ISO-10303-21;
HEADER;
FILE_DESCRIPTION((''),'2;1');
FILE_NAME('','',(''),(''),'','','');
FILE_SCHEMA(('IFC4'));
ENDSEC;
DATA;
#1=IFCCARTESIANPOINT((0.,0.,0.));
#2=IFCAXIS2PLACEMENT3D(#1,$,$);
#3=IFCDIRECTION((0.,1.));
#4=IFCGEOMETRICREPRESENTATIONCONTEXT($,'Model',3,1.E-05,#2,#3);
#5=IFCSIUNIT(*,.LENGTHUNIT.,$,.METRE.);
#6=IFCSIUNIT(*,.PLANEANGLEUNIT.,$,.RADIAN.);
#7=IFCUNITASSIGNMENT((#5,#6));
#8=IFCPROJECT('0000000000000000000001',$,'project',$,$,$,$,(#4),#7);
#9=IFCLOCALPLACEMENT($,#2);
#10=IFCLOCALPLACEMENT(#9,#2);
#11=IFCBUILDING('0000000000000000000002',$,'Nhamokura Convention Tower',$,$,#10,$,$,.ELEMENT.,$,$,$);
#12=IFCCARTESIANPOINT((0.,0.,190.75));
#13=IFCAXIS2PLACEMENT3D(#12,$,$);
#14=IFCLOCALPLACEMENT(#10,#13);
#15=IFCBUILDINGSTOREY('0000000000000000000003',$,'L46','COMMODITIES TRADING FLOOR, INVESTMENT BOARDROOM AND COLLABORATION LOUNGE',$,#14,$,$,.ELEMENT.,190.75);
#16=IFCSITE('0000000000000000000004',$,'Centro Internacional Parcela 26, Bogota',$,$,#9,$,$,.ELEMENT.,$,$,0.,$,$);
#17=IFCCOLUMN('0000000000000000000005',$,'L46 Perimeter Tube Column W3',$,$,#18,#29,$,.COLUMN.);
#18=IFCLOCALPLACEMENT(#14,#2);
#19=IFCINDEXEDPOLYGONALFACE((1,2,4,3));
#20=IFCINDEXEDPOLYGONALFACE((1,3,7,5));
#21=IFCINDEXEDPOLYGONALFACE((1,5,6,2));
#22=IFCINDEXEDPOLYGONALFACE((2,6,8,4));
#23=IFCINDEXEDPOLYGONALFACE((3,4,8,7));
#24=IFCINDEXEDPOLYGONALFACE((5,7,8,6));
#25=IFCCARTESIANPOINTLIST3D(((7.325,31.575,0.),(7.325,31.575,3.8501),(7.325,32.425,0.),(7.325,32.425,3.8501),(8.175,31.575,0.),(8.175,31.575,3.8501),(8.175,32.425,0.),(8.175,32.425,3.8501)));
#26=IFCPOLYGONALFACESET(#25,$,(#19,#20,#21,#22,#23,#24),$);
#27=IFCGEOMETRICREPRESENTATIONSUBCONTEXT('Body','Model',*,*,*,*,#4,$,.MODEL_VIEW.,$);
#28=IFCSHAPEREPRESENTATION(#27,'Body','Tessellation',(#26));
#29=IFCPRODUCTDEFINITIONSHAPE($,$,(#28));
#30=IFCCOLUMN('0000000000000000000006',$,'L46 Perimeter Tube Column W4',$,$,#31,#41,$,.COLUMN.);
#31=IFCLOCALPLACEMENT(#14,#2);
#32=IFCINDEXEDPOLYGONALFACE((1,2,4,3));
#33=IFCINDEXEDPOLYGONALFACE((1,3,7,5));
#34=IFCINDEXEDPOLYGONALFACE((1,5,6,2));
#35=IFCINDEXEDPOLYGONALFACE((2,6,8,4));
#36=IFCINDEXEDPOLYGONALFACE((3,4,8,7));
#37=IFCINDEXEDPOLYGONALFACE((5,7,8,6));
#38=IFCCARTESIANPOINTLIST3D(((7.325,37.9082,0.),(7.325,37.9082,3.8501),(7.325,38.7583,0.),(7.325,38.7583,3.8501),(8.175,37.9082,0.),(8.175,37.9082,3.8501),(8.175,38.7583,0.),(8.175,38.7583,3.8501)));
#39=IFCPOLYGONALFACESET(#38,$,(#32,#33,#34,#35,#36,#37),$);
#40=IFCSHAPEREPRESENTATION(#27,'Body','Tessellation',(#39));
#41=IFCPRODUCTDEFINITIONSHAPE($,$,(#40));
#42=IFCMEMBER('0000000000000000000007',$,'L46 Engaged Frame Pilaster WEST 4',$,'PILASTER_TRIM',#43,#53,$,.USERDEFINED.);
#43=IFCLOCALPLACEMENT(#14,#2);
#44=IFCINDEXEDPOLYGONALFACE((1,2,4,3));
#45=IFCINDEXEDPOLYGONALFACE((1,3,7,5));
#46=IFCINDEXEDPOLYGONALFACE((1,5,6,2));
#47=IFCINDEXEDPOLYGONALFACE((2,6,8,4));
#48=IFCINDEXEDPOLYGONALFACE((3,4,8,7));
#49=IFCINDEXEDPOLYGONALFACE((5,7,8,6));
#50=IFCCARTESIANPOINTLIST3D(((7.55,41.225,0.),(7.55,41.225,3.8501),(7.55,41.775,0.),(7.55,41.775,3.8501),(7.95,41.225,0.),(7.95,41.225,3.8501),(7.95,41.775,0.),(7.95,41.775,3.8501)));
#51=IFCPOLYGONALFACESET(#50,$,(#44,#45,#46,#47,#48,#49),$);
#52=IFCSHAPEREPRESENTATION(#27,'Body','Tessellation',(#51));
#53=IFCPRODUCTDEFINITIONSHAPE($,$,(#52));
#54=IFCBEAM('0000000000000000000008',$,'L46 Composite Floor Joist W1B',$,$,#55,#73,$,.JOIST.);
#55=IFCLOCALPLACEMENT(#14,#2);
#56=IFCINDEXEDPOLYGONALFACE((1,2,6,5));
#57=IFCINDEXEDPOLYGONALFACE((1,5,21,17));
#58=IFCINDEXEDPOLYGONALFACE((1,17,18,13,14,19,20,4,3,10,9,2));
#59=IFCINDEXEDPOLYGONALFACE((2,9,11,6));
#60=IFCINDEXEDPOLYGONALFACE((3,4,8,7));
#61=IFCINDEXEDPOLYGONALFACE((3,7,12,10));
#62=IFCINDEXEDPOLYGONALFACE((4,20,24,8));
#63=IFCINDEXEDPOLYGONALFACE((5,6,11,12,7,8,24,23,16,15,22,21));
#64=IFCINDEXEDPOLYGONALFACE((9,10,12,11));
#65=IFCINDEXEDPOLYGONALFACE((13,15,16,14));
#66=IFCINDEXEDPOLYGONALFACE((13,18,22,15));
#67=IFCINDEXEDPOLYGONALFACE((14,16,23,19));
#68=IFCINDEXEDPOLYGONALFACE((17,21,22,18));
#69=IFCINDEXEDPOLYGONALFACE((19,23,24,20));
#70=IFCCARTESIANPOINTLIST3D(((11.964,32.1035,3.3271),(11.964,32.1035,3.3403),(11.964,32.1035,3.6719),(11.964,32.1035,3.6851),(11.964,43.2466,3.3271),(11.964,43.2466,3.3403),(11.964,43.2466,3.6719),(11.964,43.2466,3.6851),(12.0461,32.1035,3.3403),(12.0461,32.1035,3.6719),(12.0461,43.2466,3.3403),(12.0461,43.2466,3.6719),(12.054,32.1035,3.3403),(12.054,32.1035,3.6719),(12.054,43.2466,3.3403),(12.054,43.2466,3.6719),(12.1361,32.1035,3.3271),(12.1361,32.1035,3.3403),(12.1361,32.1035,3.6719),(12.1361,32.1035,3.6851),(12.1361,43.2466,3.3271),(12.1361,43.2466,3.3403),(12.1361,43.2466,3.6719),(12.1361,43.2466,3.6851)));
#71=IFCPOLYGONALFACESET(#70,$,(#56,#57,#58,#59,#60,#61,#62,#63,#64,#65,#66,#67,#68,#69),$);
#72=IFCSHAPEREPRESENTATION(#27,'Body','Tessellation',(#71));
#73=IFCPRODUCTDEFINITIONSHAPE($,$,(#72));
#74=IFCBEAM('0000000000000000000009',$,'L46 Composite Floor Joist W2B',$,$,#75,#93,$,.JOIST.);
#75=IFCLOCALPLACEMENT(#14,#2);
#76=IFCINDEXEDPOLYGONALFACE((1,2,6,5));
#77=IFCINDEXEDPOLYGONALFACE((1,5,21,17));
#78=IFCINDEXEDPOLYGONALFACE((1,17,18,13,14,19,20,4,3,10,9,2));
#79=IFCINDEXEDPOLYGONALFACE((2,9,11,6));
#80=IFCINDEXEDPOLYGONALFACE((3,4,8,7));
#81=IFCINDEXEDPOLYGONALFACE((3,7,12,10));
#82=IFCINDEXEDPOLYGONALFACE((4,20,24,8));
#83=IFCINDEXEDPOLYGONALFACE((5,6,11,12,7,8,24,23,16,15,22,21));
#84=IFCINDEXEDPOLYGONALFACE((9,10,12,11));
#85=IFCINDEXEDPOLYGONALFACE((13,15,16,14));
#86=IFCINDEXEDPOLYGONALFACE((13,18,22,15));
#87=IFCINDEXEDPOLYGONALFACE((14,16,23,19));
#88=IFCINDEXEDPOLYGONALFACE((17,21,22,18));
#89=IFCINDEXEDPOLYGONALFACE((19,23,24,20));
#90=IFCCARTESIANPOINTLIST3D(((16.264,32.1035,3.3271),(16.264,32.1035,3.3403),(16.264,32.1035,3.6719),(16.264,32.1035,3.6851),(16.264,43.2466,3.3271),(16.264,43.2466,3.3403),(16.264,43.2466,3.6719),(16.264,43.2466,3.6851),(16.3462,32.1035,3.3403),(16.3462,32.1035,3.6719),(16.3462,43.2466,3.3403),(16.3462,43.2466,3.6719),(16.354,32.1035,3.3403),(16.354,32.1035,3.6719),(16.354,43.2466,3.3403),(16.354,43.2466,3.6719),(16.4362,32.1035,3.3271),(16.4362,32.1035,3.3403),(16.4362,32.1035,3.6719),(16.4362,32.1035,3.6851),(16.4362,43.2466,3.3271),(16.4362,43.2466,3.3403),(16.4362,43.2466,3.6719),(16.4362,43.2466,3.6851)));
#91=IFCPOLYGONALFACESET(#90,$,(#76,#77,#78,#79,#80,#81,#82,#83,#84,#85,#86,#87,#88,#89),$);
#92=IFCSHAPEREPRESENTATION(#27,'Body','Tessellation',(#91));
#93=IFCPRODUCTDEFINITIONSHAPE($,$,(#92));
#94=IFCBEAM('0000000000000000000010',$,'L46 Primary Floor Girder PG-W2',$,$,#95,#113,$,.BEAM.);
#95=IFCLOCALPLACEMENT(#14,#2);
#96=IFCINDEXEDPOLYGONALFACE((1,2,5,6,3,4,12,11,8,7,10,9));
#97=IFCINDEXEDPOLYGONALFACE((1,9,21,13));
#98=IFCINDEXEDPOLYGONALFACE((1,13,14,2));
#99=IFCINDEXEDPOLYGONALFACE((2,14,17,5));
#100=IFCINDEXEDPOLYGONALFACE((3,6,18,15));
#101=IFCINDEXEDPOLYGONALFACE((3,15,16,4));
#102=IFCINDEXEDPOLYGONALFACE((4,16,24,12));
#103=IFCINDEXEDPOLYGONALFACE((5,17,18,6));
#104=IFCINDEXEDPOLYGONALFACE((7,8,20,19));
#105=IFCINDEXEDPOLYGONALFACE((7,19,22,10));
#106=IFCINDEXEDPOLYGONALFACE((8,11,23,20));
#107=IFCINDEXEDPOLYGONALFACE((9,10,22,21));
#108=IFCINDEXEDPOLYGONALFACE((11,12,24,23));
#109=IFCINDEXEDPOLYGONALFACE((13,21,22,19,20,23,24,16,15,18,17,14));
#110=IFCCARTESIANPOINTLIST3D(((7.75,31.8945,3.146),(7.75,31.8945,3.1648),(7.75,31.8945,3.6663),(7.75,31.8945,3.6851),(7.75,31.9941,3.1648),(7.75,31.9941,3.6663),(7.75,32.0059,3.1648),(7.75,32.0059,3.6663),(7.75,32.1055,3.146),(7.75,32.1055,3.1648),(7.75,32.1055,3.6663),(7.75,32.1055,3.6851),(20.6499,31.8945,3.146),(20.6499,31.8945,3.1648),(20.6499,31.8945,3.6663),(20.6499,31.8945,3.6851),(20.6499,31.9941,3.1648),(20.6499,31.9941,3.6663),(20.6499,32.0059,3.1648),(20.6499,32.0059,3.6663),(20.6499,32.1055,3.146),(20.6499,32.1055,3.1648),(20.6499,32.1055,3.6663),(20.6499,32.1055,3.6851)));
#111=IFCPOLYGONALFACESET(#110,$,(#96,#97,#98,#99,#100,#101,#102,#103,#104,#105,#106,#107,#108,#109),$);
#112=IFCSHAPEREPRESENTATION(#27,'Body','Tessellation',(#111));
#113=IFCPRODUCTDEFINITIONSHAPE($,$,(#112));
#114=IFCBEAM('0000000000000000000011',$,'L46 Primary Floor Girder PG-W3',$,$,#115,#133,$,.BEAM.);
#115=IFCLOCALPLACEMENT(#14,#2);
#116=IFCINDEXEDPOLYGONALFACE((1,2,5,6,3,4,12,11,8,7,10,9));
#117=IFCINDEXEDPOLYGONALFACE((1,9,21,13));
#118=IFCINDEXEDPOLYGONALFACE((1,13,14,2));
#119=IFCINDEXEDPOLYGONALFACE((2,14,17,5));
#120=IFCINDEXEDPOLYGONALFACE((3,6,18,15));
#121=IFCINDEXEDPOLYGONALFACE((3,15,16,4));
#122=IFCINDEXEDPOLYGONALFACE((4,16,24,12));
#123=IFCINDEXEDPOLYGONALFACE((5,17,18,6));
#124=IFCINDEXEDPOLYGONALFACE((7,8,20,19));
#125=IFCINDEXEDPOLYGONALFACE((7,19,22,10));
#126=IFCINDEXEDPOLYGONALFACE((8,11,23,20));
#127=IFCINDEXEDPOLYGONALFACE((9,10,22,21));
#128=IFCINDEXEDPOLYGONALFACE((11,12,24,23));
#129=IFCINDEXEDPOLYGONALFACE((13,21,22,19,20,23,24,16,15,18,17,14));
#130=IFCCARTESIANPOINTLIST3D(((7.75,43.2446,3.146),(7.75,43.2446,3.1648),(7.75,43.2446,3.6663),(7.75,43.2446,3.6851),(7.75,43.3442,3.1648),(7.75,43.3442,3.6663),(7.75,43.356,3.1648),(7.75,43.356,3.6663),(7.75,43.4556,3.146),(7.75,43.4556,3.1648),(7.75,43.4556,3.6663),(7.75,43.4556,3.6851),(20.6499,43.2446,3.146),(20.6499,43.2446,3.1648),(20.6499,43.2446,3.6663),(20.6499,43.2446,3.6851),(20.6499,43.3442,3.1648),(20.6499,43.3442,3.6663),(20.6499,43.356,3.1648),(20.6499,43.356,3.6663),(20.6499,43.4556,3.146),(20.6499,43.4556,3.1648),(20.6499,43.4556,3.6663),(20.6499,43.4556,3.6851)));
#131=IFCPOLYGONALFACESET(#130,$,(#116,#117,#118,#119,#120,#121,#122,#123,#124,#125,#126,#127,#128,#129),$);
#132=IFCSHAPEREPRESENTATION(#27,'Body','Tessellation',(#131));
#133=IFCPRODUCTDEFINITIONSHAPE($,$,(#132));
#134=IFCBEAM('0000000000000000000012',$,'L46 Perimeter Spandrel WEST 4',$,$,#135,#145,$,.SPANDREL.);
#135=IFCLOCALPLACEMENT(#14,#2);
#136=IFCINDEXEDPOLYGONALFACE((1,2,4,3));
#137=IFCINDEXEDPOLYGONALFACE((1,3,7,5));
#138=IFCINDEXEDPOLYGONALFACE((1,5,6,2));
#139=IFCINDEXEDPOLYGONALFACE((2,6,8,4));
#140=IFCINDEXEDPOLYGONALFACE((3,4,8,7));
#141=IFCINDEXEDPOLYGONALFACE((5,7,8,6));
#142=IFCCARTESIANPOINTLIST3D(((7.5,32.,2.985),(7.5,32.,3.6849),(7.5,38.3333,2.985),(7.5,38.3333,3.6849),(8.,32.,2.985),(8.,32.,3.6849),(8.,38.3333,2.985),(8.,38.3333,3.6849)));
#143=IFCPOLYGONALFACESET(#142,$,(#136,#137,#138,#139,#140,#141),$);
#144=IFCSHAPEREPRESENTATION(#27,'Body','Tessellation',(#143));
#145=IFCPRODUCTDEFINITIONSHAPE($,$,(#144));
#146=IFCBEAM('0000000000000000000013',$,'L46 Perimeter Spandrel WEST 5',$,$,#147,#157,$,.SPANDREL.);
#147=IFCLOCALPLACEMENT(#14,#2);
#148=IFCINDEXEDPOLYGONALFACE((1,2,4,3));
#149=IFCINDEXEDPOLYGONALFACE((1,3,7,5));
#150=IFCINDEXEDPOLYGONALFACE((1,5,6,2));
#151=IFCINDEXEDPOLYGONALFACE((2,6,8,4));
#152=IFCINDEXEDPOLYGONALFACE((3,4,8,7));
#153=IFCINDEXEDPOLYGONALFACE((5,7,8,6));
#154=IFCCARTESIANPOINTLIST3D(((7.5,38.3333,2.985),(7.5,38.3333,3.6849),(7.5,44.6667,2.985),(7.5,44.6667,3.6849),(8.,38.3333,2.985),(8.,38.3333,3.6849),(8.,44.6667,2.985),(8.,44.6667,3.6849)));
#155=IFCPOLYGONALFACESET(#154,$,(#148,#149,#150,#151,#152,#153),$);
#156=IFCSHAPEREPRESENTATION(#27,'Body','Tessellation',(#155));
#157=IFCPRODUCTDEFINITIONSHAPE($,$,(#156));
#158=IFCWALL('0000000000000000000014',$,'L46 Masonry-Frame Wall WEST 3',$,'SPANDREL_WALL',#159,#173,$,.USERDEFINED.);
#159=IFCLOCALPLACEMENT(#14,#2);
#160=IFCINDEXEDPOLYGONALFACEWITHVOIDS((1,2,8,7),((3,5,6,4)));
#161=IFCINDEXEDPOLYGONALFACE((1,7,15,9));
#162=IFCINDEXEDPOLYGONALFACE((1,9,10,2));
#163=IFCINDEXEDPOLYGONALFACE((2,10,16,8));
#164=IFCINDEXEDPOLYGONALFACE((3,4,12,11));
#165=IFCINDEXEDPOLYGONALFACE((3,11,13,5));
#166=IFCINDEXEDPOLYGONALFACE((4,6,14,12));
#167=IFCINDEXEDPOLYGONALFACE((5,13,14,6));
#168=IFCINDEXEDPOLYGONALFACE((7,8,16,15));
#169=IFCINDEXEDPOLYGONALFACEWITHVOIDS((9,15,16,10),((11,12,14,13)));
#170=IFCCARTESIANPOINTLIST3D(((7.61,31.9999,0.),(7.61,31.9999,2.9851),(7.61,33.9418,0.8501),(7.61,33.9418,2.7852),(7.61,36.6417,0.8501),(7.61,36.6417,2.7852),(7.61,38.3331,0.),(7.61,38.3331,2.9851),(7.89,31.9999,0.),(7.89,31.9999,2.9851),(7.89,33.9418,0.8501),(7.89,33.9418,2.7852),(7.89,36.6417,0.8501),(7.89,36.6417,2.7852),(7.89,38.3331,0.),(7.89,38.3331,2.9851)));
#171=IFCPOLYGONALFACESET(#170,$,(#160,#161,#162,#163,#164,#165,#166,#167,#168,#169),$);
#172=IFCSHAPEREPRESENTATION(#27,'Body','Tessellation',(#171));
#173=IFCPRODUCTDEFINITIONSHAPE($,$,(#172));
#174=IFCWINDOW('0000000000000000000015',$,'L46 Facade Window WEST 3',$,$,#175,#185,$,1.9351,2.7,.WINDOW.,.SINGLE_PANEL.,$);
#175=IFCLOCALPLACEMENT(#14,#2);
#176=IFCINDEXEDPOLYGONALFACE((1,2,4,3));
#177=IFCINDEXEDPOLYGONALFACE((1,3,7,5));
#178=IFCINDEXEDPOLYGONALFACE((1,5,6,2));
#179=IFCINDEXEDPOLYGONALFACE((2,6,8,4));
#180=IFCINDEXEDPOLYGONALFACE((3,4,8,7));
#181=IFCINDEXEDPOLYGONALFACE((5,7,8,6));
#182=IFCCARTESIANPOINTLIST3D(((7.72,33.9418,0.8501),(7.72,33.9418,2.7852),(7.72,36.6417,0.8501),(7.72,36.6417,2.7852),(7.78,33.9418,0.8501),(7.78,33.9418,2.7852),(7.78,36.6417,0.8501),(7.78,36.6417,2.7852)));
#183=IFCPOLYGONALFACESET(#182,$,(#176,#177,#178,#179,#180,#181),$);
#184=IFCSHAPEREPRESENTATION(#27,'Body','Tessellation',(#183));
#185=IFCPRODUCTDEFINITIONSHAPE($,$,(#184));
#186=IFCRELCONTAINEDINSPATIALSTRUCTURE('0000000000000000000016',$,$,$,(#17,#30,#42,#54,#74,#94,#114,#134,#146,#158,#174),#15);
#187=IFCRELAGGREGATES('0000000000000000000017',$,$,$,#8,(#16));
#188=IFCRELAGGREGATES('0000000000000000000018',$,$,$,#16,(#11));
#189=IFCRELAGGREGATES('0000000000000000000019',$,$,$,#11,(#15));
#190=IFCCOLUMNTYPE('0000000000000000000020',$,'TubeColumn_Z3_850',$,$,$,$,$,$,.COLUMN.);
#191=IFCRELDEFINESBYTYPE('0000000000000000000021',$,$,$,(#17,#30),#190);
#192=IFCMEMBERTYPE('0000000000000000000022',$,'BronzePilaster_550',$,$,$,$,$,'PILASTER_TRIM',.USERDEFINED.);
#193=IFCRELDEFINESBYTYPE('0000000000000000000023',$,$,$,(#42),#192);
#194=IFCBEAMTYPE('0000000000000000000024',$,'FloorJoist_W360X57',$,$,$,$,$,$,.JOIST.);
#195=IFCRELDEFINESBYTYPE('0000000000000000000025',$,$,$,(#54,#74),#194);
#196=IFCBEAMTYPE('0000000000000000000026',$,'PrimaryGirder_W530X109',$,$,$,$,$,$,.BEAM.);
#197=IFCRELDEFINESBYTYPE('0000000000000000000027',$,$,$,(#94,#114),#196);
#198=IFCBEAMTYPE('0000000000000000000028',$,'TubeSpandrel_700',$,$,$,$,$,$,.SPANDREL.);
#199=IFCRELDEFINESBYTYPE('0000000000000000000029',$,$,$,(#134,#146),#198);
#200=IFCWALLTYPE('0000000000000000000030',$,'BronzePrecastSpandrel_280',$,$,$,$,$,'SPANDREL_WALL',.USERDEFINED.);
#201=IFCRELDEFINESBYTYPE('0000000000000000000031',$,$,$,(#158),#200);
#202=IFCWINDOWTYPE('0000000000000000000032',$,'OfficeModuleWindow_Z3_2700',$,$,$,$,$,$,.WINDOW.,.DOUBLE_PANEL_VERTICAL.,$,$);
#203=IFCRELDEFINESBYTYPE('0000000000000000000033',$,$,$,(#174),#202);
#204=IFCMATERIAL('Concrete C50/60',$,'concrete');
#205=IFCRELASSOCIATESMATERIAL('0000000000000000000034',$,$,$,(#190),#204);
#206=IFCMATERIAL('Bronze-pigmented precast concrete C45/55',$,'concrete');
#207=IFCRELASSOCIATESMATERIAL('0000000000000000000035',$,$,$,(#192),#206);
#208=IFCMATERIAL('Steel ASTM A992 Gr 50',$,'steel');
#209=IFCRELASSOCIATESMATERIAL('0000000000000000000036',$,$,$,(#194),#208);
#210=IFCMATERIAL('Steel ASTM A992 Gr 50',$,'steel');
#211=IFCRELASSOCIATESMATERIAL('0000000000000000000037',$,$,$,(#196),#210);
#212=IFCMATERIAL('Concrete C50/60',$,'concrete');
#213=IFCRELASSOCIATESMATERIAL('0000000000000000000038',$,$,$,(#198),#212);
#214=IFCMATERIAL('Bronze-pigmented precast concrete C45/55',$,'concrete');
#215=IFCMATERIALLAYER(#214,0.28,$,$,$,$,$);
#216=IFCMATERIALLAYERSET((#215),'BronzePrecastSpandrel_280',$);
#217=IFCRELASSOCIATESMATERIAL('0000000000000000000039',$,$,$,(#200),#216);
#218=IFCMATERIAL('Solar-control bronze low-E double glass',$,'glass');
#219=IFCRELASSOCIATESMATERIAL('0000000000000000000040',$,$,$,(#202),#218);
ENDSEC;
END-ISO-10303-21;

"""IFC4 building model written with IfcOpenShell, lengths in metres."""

from ifc_helpers import new_model, si_unit, direction, frame, frame_2d, origin, origin_2d, place, context, subcontext, project, spatial, rectangle, i_section, extrude, material, layer, layer_set, material_profile, profile_set, type_object, element, fill, save


model = new_model("IFC4")

# Units and contexts
model_context = context("Model", 3, precision=1e-05, world=origin(), true_north=direction((0.0, 1.0)))
body_context = subcontext(model_context, "Body", "Model", "MODEL_VIEW")
ifc_project = project(units=[si_unit("LENGTHUNIT", "METRE"), si_unit("PLANEANGLEUNIT", "RADIAN")], contexts=[model_context])

# Site, building, storey
site_placement = place(None, origin())
site = spatial("IfcSite", under=ifc_project, at=site_placement, Name="Centro Internacional Parcela 26, Bogota", CompositionType="ELEMENT", RefElevation=0.0)
building_placement = place(site_placement, origin())
building = spatial("IfcBuilding", under=site, at=building_placement, Name="Nhamokura Convention Tower", CompositionType="ELEMENT")
storey_placement = place(building_placement, frame((0.0, 0.0, 190.75)))
storey = spatial("IfcBuildingStorey", under=building, at=storey_placement, Name="L46", Description="COMMODITIES TRADING FLOOR, INVESTMENT BOARDROOM AND COLLABORATION LOUNGE", CompositionType="ELEMENT", Elevation=190.75)

# Columns
ifc_material_1 = material(Name="Concrete C50/60", Category="concrete")
ifc_material_profile_1 = material_profile(ifc_material_1, rectangle(XDim=0.8501, YDim=0.8501, at=origin_2d()))
ifc_profile_set_1 = profile_set([ifc_material_profile_1], Name="Concrete C50/60")
column_type = type_object("IfcColumnType", Name="TubeColumn_Z3_850", PredefinedType="COLUMN", material=ifc_profile_set_1)
for number, where, z_axis, x_axis, name in (
    (1, (7.75, 32.0, 0.0), (0.0, 0.0, 1.0), (1.0, 0.0, 0.0), "L46 Perimeter Tube Column W3"),
    (2, (7.75, 38.3333, 0.0), (0.0, 0.0, 1.0), (1.0, 0.0, 0.0), "L46 Perimeter Tube Column W4"),
):
    element("IfcColumn", number, at=place(storey_placement, frame(where, z_axis=z_axis, x_axis=x_axis)), inside=storey, type_object=column_type, Name=name, PredefinedType="COLUMN", context=body_context, shape_type="SweptSolid", body=[
        extrude(rectangle(XDim=0.8501, YDim=0.8501, at=origin_2d()), origin(), (0.0, 0.0, 1.0), 3.8501),
    ])

# Member
ifc_material_2 = material(Name="Bronze-pigmented precast concrete C45/55", Category="concrete")
ifc_material_profile_2 = material_profile(ifc_material_2, rectangle(XDim=0.3999, YDim=0.55, at=origin_2d()))
ifc_profile_set_2 = profile_set([ifc_material_profile_2], Name="Bronze-pigmented precast concrete C45/55")
member_type = type_object("IfcMemberType", Name="BronzePilaster_550", ElementType="PILASTER_TRIM", PredefinedType="USERDEFINED", material=ifc_profile_set_2)
member_placement = place(storey_placement, frame((7.75, 41.5, 0.0), z_axis=(0.0, 0.0, 1.0), x_axis=(1.0, 0.0, 0.0)))
element("IfcMember", 3, at=member_placement, inside=storey, type_object=member_type, Name="L46 Engaged Frame Pilaster WEST 4", ObjectType="PILASTER_TRIM", PredefinedType="USERDEFINED", context=body_context, shape_type="SweptSolid", body=[
    extrude(rectangle(XDim=0.3999, YDim=0.55, at=origin_2d()), origin(), (0.0, 0.0, 1.0), 3.8501),
])

# Beams
ifc_material_3 = material(Name="Steel ASTM A992 Gr 50", Category="steel")
ifc_material_profile_3 = material_profile(ifc_material_3, i_section(OverallWidth=0.1721, OverallDepth=0.3579, WebThickness=0.0078, FlangeThickness=0.0132, at=origin_2d()))
ifc_profile_set_3 = profile_set([ifc_material_profile_3], Name="Steel ASTM A992 Gr 50")
beam_type_1 = type_object("IfcBeamType", Name="FloorJoist_W360X57", PredefinedType="JOIST", material=ifc_profile_set_3)
for number, where, z_axis, x_axis, name in (
    (4, (12.05, 32.1035, 3.5061), (0.0, 1.0, 0.0), (-1.0, 0.0, 0.0), "L46 Composite Floor Joist W1B"),
    (5, (16.3501, 32.1035, 3.5061), (0.0, 1.0, 0.0), (-1.0, 0.0, 0.0), "L46 Composite Floor Joist W2B"),
):
    element("IfcBeam", number, at=place(storey_placement, frame(where, z_axis=z_axis, x_axis=x_axis)), inside=storey, type_object=beam_type_1, Name=name, PredefinedType="JOIST", context=body_context, shape_type="SweptSolid", body=[
        extrude(i_section(OverallWidth=0.1721, OverallDepth=0.3579, WebThickness=0.0078, FlangeThickness=0.0132, at=origin_2d()), origin(), (0.0, 0.0, 1.0), 11.1431),
    ])
ifc_material_4 = material(Name="Steel ASTM A992 Gr 50", Category="steel")
ifc_material_profile_4 = material_profile(ifc_material_4, i_section(OverallWidth=0.2109, OverallDepth=0.5391, WebThickness=0.0117, FlangeThickness=0.0188, at=origin_2d()))
ifc_profile_set_4 = profile_set([ifc_material_profile_4], Name="Steel ASTM A992 Gr 50")
beam_type_2 = type_object("IfcBeamType", Name="PrimaryGirder_W530X109", PredefinedType="BEAM", material=ifc_profile_set_4)
for number, where, z_axis, x_axis, name in (
    (6, (7.75, 32.0, 3.4155), (1.0, 0.0, 0.0), (0.0, 1.0, 0.0), "L46 Primary Floor Girder PG-W2"),
    (7, (7.75, 43.3501, 3.4155), (1.0, 0.0, 0.0), (0.0, 1.0, 0.0), "L46 Primary Floor Girder PG-W3"),
):
    element("IfcBeam", number, at=place(storey_placement, frame(where, z_axis=z_axis, x_axis=x_axis)), inside=storey, type_object=beam_type_2, Name=name, PredefinedType="BEAM", context=body_context, shape_type="SweptSolid", body=[
        extrude(i_section(OverallWidth=0.2109, OverallDepth=0.5391, WebThickness=0.0117, FlangeThickness=0.0188, at=origin_2d()), origin(), (0.0, 0.0, 1.0), 12.8999),
    ])
ifc_material_5 = material(Name="Concrete C50/60", Category="concrete")
ifc_material_profile_5 = material_profile(ifc_material_5, rectangle(XDim=0.5, YDim=0.7, at=origin_2d()))
ifc_profile_set_5 = profile_set([ifc_material_profile_5], Name="Concrete C50/60")
beam_type_3 = type_object("IfcBeamType", Name="TubeSpandrel_700", PredefinedType="SPANDREL", material=ifc_profile_set_5)
beam_1_placement = place(storey_placement, frame((7.75, 32.0, 3.335), z_axis=(0.0, 1.0, 0.0), x_axis=(-1.0, 0.0, 0.0)))
element("IfcBeam", 8, at=beam_1_placement, inside=storey, type_object=beam_type_3, Name="L46 Perimeter Spandrel WEST 4", PredefinedType="SPANDREL", context=body_context, shape_type="SweptSolid", body=[
    extrude(rectangle(XDim=0.5, YDim=0.7, at=origin_2d()), origin(), (0.0, 0.0, 1.0), 6.3333),
])
beam_2_placement = place(storey_placement, frame((7.75, 38.3333, 3.335), z_axis=(0.0, 1.0, 0.0), x_axis=(-1.0, 0.0, 0.0)))
element("IfcBeam", 9, at=beam_2_placement, inside=storey, type_object=beam_type_3, Name="L46 Perimeter Spandrel WEST 5", PredefinedType="SPANDREL", context=body_context, shape_type="SweptSolid", body=[
    extrude(rectangle(XDim=0.5, YDim=0.7, at=origin_2d()), origin(), (0.0, 0.0, 1.0), 6.3335),
])

# Wall, opening, window
ifc_material_6 = material(Name="Bronze-pigmented precast concrete C45/55", Category="concrete")
ifc_layer_1 = layer(ifc_material_6, 0.28)
ifc_layer_set_1 = layer_set([ifc_layer_1], Name="BronzePrecastSpandrel_280")
wall_type_1 = type_object("IfcWallType", Name="BronzePrecastSpandrel_280", ElementType="SPANDREL_WALL", PredefinedType="USERDEFINED", material=ifc_layer_set_1)
wall_1_placement = place(storey_placement, frame((7.75, 32.0, 0.0), z_axis=(0.0, 0.0, 1.0), x_axis=(0.0, 1.0, 0.0)))
wall_1 = element("IfcWall", 10, at=wall_1_placement, inside=storey, type_object=wall_type_1, Name="L46 Masonry-Frame Wall WEST 3", ObjectType="SPANDREL_WALL", PredefinedType="USERDEFINED", context=body_context, shape_type="SweptSolid", body=[
    extrude(rectangle(XDim=6.3333, YDim=0.28, at=frame_2d((3.1665, 0.0))), origin(), (0.0, 0.0, 1.0), 2.9851),
])
opening_1_placement = place(wall_1_placement, frame((1.9417, 0.0, 0.8501)))
opening_1 = element("IfcOpeningElement", 11, at=opening_1_placement, cuts=wall_1, PredefinedType="OPENING", context=body_context, shape_type="SweptSolid", body=[
    extrude(rectangle(XDim=2.7, YDim=1.9351, at=frame_2d((1.3501, 0.9675))), frame((0.0, 0.1499, 0.0), z_axis=(0.0, -1.0, 0.0), x_axis=(1.0, 0.0, 0.0)), (0.0, 0.0, 1.0), 0.3),
])
ifc_material_7 = material(Name="Solar-control bronze low-E double glass", Category="glass")
window_type_1 = type_object("IfcWindowType", Name="OfficeModuleWindow_Z3_2700", PartitioningType="DOUBLE_PANEL_VERTICAL", PredefinedType="WINDOW", material=ifc_material_7)
window_1_placement = place(opening_1_placement, origin())
window_1 = element("IfcWindow", 12, at=window_1_placement, inside=storey, type_object=window_type_1, Name="L46 Facade Window WEST 3", OverallHeight=1.9351, OverallWidth=2.7, PartitioningType="SINGLE_PANEL", PredefinedType="WINDOW", context=body_context, shape_type="SweptSolid", body=[
    extrude(rectangle(XDim=2.7, YDim=1.9351, at=frame_2d((1.3501, 0.9675))), frame((0.0, 0.03, 0.0), z_axis=(0.0, -1.0, 0.0), x_axis=(1.0, 0.0, 0.0)), (0.0, 0.0, 1.0), 0.0601),
])
fill(opening_1, window_1)

save(model, "model.ifc")
